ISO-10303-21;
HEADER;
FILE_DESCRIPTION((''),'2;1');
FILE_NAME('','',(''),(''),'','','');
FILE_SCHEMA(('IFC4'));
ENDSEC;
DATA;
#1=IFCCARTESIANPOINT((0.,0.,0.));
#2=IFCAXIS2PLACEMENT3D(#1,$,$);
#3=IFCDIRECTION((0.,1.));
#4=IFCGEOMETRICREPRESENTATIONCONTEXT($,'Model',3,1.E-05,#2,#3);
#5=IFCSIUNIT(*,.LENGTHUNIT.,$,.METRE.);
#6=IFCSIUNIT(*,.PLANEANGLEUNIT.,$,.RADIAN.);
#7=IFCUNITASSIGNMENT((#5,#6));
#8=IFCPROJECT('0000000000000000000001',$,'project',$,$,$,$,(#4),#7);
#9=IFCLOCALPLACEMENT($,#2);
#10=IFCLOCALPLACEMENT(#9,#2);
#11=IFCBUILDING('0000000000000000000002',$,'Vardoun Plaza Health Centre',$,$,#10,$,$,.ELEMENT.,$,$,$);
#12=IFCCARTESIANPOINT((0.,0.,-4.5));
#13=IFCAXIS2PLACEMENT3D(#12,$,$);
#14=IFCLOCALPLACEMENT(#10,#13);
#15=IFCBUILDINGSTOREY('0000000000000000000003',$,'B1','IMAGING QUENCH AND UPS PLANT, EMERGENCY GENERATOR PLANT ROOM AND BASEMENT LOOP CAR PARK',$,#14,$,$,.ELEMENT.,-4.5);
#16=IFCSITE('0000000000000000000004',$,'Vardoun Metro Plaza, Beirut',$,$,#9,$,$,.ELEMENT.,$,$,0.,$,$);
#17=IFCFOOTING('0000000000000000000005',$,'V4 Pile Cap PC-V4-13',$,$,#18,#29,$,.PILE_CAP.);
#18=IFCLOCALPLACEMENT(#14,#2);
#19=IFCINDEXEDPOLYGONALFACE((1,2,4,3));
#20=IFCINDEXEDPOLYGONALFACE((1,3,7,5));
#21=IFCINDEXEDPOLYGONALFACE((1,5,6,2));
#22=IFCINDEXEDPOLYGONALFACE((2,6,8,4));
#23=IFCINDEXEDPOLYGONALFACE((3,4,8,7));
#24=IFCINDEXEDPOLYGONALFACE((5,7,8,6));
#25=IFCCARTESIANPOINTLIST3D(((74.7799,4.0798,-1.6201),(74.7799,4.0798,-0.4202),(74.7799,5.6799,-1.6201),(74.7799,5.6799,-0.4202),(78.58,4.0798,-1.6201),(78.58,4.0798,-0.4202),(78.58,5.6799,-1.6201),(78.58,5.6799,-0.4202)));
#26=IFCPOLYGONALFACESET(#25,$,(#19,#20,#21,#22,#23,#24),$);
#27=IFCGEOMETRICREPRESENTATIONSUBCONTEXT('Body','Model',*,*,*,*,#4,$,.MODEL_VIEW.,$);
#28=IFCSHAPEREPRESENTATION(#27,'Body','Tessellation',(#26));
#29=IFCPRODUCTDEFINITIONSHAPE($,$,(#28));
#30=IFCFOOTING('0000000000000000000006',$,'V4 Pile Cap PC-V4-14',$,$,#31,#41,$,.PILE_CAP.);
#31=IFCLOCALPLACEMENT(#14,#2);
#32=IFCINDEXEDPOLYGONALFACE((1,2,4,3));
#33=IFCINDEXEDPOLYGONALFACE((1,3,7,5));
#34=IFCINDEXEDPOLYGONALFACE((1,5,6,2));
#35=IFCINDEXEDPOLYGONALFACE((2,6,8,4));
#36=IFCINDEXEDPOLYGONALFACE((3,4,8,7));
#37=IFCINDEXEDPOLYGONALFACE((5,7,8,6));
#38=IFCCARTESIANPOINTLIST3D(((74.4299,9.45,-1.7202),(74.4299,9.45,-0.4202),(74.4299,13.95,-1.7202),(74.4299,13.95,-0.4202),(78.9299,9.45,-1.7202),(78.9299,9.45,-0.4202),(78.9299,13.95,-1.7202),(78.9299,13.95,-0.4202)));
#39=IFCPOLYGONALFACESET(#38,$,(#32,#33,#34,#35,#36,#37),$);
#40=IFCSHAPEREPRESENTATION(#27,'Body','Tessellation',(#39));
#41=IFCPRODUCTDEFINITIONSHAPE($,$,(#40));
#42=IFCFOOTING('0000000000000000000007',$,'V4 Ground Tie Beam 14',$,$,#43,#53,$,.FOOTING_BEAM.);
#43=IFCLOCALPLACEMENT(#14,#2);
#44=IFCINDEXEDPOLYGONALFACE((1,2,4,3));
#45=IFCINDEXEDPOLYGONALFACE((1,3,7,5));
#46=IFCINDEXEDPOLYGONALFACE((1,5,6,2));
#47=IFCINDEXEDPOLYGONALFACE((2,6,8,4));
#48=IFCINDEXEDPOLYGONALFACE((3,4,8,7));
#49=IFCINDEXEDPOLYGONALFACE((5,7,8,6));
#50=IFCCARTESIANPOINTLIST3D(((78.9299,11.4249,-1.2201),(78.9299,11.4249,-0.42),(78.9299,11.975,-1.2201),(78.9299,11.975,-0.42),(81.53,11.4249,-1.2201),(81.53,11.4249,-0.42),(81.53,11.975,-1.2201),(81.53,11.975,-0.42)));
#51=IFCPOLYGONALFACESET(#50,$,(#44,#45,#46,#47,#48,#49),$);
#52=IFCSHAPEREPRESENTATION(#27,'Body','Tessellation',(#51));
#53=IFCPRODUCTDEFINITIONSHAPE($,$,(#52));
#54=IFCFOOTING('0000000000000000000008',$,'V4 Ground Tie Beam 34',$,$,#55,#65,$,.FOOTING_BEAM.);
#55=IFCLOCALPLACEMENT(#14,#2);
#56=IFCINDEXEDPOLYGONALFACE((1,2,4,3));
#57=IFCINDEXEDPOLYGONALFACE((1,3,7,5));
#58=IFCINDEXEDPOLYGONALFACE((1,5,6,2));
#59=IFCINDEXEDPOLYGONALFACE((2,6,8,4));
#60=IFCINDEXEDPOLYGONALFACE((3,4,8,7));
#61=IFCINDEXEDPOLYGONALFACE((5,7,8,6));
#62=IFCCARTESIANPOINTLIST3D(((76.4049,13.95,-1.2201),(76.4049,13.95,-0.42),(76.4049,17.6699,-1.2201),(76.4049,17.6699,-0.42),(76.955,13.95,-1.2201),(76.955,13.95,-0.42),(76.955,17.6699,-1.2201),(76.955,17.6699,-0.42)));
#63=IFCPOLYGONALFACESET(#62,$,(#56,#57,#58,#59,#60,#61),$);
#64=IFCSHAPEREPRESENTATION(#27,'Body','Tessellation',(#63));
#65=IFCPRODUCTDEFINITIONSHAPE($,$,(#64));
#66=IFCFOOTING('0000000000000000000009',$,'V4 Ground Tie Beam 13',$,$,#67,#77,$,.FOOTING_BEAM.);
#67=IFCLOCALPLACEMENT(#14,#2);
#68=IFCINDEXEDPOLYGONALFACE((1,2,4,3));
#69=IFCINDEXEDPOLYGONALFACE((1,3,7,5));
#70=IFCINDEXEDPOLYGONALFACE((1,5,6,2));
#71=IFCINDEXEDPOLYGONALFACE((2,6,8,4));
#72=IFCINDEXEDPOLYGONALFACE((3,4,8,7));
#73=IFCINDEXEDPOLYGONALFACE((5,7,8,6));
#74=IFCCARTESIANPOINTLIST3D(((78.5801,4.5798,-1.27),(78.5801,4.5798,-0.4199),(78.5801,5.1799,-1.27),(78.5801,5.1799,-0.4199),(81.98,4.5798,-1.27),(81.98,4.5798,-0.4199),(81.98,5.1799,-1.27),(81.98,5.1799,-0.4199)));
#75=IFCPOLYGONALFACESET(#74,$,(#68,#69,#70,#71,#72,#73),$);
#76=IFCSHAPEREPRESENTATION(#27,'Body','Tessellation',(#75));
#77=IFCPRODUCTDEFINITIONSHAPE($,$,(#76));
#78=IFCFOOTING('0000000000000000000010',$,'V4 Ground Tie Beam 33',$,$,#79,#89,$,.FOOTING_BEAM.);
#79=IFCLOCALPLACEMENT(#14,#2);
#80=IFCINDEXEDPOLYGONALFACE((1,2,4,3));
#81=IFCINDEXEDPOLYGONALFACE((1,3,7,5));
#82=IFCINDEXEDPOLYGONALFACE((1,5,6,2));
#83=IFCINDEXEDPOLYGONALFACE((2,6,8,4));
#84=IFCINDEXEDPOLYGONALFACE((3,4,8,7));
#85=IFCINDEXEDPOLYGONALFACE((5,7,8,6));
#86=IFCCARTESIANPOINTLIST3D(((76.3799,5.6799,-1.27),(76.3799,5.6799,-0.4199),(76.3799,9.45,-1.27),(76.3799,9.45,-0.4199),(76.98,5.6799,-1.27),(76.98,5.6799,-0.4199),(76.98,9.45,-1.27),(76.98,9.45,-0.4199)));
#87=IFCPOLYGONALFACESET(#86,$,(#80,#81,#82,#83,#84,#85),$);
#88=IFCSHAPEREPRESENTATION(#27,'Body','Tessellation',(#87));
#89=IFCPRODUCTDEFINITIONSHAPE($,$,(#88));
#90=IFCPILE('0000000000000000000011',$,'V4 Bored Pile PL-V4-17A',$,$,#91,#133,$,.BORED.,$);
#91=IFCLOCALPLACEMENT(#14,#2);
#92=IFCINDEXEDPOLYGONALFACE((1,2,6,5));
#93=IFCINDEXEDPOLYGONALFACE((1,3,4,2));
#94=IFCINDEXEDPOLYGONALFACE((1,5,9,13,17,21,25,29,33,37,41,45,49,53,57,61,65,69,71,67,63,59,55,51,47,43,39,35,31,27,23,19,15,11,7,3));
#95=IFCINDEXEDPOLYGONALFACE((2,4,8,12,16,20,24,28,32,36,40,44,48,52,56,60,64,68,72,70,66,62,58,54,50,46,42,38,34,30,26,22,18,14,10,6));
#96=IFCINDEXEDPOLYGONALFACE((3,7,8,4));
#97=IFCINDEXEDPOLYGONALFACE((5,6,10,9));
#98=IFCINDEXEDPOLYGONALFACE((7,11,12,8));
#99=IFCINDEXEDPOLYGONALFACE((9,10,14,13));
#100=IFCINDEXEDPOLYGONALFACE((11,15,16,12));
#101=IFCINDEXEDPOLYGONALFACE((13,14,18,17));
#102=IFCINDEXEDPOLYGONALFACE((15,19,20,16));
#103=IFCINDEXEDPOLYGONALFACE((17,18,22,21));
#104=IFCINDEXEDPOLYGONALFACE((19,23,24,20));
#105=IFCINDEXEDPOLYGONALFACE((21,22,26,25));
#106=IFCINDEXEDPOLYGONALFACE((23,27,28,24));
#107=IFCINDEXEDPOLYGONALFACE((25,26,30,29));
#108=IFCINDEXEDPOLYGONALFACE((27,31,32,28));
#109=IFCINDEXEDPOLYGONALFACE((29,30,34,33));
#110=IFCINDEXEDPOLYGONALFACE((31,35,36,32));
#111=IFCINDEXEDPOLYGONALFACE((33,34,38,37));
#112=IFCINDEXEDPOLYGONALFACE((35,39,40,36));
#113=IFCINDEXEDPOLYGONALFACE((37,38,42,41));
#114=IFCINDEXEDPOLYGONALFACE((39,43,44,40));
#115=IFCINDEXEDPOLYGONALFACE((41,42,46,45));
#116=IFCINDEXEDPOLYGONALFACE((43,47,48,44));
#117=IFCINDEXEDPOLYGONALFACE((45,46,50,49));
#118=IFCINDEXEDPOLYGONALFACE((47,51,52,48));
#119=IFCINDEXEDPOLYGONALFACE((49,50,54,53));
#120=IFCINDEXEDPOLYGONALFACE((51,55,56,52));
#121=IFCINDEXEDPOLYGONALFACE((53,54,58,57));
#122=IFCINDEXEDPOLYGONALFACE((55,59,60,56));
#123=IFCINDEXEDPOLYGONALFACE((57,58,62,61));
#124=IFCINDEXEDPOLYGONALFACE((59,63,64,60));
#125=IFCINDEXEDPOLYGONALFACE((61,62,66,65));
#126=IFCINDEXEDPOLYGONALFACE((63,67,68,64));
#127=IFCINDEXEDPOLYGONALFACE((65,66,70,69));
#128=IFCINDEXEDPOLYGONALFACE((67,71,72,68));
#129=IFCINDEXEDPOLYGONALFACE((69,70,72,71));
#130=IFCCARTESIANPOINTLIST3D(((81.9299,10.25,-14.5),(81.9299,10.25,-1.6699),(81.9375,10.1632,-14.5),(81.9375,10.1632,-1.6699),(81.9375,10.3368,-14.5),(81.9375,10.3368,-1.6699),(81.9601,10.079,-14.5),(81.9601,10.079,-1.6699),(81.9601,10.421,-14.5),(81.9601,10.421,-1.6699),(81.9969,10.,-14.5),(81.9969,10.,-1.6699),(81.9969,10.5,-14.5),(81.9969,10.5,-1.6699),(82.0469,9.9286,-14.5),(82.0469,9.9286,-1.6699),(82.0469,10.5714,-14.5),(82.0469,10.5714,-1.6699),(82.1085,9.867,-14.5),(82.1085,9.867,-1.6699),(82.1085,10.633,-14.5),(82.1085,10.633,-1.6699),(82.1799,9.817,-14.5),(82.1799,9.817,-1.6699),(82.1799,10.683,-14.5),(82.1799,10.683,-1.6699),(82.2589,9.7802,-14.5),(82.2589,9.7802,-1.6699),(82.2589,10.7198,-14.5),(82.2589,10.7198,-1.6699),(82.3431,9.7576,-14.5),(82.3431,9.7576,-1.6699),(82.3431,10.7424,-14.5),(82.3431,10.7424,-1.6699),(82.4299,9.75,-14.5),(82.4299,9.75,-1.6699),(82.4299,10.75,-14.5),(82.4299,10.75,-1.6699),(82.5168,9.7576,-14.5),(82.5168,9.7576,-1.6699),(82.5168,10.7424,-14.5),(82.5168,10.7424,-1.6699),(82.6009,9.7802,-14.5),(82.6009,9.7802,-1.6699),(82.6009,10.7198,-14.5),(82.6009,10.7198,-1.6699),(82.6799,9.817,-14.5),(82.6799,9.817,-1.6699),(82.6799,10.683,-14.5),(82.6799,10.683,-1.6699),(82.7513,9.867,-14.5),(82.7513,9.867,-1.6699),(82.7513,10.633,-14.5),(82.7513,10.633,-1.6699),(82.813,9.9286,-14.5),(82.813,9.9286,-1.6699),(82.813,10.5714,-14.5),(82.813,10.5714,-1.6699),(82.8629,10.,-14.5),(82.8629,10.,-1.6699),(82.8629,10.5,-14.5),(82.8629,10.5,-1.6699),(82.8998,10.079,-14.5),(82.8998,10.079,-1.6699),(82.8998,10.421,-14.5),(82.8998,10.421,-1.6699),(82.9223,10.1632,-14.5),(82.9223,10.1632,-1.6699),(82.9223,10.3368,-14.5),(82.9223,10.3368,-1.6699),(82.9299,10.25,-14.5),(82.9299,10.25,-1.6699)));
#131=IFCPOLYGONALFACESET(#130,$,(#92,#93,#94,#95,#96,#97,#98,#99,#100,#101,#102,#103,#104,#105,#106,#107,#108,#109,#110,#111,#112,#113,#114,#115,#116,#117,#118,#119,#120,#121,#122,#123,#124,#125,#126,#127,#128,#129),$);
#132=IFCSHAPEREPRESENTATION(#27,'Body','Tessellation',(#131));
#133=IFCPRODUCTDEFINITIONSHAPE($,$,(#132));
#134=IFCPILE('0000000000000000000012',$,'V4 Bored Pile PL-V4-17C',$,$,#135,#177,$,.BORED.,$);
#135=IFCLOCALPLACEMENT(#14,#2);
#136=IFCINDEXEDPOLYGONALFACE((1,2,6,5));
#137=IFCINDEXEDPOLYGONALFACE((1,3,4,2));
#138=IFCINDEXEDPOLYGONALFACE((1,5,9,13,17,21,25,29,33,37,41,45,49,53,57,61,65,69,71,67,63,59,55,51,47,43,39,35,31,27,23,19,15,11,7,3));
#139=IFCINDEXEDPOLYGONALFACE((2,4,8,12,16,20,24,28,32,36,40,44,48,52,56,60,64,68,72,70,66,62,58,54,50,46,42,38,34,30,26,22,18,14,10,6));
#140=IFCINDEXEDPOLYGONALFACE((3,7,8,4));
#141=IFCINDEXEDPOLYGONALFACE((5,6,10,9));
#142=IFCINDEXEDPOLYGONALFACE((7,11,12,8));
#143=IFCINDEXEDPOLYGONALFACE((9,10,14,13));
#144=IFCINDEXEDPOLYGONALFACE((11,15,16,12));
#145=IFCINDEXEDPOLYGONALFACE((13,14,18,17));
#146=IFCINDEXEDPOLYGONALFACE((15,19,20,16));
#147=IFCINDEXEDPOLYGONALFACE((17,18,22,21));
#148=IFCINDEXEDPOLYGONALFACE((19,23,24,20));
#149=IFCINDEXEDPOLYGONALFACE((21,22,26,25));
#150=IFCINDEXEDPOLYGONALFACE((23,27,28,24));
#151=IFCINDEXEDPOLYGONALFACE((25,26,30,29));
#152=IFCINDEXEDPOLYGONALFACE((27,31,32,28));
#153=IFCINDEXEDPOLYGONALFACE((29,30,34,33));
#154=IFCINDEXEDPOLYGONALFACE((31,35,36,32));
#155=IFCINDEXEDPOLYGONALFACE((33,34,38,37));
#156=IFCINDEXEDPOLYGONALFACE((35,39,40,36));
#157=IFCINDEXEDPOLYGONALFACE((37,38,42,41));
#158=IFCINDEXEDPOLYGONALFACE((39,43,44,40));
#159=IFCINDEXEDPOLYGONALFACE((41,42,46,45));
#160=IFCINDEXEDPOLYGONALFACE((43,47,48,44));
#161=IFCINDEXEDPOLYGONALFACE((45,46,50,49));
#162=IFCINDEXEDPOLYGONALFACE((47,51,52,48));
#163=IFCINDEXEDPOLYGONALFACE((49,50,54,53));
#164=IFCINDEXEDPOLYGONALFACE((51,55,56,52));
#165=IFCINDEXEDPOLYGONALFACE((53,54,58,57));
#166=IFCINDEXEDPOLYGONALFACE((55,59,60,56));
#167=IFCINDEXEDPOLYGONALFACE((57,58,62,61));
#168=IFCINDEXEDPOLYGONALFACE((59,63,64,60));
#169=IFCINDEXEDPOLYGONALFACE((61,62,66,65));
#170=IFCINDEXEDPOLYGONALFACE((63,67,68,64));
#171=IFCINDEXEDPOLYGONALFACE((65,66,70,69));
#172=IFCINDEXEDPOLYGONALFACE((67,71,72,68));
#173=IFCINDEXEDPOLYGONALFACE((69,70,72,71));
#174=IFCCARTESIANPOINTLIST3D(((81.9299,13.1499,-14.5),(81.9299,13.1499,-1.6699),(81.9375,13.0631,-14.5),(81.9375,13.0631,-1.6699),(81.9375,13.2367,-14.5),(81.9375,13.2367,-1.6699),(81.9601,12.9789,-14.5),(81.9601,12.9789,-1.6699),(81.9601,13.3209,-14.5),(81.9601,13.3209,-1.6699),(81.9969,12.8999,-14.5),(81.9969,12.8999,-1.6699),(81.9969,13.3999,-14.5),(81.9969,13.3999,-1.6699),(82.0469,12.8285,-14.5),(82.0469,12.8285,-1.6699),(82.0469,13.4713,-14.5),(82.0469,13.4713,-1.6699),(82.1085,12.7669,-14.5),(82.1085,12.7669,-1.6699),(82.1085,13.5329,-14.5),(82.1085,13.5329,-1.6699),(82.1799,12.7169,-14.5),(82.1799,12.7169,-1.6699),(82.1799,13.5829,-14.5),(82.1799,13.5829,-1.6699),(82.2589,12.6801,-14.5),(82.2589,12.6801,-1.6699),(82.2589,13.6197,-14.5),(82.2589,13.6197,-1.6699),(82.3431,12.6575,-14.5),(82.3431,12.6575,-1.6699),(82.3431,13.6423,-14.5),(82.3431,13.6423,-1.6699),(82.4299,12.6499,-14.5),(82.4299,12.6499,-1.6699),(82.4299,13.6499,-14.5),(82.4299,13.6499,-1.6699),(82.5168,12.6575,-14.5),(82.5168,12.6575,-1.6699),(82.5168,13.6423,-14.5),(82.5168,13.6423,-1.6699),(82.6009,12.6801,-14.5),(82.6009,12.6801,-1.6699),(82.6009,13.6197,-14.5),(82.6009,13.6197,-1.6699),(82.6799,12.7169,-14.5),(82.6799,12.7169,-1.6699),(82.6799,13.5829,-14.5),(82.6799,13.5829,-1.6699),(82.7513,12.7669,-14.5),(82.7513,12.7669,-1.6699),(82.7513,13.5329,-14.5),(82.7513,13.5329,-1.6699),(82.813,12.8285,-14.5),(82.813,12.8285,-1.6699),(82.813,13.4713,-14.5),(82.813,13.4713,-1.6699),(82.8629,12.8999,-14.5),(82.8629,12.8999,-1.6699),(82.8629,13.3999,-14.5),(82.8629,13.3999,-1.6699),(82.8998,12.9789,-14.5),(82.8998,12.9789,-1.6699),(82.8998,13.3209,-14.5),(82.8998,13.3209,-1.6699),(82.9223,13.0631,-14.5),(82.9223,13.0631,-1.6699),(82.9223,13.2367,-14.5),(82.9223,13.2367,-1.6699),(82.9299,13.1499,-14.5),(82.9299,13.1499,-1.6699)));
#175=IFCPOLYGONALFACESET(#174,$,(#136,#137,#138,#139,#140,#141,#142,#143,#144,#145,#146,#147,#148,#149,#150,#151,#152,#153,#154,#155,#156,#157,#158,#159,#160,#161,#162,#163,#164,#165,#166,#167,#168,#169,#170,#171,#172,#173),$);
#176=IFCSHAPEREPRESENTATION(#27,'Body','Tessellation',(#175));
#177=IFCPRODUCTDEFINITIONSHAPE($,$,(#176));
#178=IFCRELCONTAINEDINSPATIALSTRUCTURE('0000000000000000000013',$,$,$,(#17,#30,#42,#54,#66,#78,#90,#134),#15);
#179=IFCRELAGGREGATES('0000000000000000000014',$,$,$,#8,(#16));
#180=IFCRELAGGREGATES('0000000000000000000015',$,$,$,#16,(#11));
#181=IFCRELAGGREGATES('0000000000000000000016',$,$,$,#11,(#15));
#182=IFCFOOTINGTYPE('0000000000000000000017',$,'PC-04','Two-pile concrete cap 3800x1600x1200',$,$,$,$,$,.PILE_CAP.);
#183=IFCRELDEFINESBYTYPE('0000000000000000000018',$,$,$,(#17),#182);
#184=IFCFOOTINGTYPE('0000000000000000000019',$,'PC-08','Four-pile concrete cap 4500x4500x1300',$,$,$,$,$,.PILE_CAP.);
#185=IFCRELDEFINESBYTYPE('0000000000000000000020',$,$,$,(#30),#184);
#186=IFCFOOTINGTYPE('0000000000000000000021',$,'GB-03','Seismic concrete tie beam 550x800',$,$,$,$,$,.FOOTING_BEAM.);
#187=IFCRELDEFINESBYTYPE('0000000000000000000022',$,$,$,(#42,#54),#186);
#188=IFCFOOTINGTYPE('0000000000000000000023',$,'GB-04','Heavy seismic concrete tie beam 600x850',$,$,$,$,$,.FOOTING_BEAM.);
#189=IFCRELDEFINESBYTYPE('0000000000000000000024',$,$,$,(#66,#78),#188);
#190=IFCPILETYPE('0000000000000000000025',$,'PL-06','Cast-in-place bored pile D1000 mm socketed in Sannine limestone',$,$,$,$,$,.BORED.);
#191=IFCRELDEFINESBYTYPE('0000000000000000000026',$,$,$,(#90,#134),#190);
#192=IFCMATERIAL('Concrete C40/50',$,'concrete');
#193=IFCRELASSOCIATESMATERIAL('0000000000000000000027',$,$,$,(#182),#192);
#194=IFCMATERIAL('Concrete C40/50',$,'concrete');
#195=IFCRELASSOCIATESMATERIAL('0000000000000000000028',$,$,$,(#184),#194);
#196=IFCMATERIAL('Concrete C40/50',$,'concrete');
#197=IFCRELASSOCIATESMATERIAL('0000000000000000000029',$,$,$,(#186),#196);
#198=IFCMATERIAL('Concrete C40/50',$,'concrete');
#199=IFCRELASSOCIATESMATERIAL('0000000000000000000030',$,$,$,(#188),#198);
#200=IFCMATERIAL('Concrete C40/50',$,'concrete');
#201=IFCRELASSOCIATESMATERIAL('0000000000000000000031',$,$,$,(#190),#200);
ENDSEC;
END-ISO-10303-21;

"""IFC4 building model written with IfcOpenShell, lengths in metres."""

from ifc_helpers import new_model, si_unit, direction, frame, origin, origin_2d, place, context, subcontext, project, spatial, rectangle, circle, extrude, material, material_profile, profile_set, type_object, element, save


model = new_model("IFC4")

# Units and contexts
model_context = context("Model", 3, precision=1e-05, world=origin(), true_north=direction((0.0, 1.0)))
body_context = subcontext(model_context, "Body", "Model", "MODEL_VIEW")
ifc_project = project(units=[si_unit("LENGTHUNIT", "METRE"), si_unit("PLANEANGLEUNIT", "RADIAN")], contexts=[model_context])

# Site, building, storey
site_placement = place(None, origin())
site = spatial("IfcSite", under=ifc_project, at=site_placement, Name="Vardoun Metro Plaza, Beirut", CompositionType="ELEMENT", RefElevation=0.0)
building_placement = place(site_placement, origin())
building = spatial("IfcBuilding", under=site, at=building_placement, Name="Vardoun Plaza Health Centre", CompositionType="ELEMENT")
storey_placement = place(building_placement, frame((0.0, 0.0, -4.5)))
storey = spatial("IfcBuildingStorey", under=building, at=storey_placement, Name="B1", Description="IMAGING QUENCH AND UPS PLANT, EMERGENCY GENERATOR PLANT ROOM AND BASEMENT LOOP CAR PARK", CompositionType="ELEMENT", Elevation=-4.5)

# Footings
ifc_material_1 = material(Name="Concrete C40/50", Category="concrete")
footing_type_1 = type_object("IfcFootingType", Name="PC-04", Description="Two-pile concrete cap 3800x1600x1200", PredefinedType="PILE_CAP", material=ifc_material_1)
footing_1_placement = place(storey_placement, frame((76.6799, 4.8799, -1.6201), z_axis=(0.0, 0.0, 1.0), x_axis=(1.0, 0.0, 0.0)))
element("IfcFooting", 1, at=footing_1_placement, inside=storey, type_object=footing_type_1, Name="V4 Pile Cap PC-V4-13", PredefinedType="PILE_CAP", context=body_context, shape_type="SweptSolid", body=[
    extrude(rectangle(XDim=3.8, YDim=1.6001, at=origin_2d()), origin(), (0.0, 0.0, 1.0), 1.2),
])
ifc_material_2 = material(Name="Concrete C40/50", Category="concrete")
footing_type_2 = type_object("IfcFootingType", Name="PC-08", Description="Four-pile concrete cap 4500x4500x1300", PredefinedType="PILE_CAP", material=ifc_material_2)
footing_2_placement = place(storey_placement, frame((76.6799, 11.7, -1.7202), z_axis=(0.0, 0.0, 1.0), x_axis=(1.0, 0.0, 0.0)))
element("IfcFooting", 2, at=footing_2_placement, inside=storey, type_object=footing_type_2, Name="V4 Pile Cap PC-V4-14", PredefinedType="PILE_CAP", context=body_context, shape_type="SweptSolid", body=[
    extrude(rectangle(XDim=4.5, YDim=4.5, at=origin_2d()), origin(), (0.0, 0.0, 1.0), 1.3),
])
ifc_material_3 = material(Name="Concrete C40/50", Category="concrete")
ifc_material_profile_1 = material_profile(ifc_material_3, rectangle(XDim=0.55, YDim=0.8, at=origin_2d()), Name="GB 550x800")
ifc_profile_set_1 = profile_set([ifc_material_profile_1], Name="Concrete C40/50")
footing_type_3 = type_object("IfcFootingType", Name="GB-03", Description="Seismic concrete tie beam 550x800", PredefinedType="FOOTING_BEAM", material=ifc_profile_set_1)
footing_3_placement = place(storey_placement, frame((78.9299, 11.7, -0.8201), z_axis=(1.0, 0.0, 0.0), x_axis=(0.0, 1.0, 0.0)))
element("IfcFooting", 3, at=footing_3_placement, inside=storey, type_object=footing_type_3, Name="V4 Ground Tie Beam 14", PredefinedType="FOOTING_BEAM", context=body_context, shape_type="SweptSolid", body=[
    extrude(rectangle(XDim=0.55, YDim=0.8, at=origin_2d()), origin(), (0.0, 0.0, 1.0), 2.6001),
])
footing_4_placement = place(storey_placement, frame((76.6799, 13.95, -0.8201), z_axis=(0.0, 1.0, 0.0), x_axis=(-1.0, 0.0, 0.0)))
element("IfcFooting", 4, at=footing_4_placement, inside=storey, type_object=footing_type_3, Name="V4 Ground Tie Beam 34", PredefinedType="FOOTING_BEAM", context=body_context, shape_type="SweptSolid", body=[
    extrude(rectangle(XDim=0.55, YDim=0.8, at=origin_2d()), origin(), (0.0, 0.0, 1.0), 3.72),
])
ifc_material_4 = material(Name="Concrete C40/50", Category="concrete")
ifc_material_profile_2 = material_profile(ifc_material_4, rectangle(XDim=0.6001, YDim=0.8501, at=origin_2d()), Name="GB 600x850")
ifc_profile_set_2 = profile_set([ifc_material_profile_2], Name="Concrete C40/50")
footing_type_4 = type_object("IfcFootingType", Name="GB-04", Description="Heavy seismic concrete tie beam 600x850", PredefinedType="FOOTING_BEAM", material=ifc_profile_set_2)
footing_5_placement = place(storey_placement, frame((78.5801, 4.8799, -0.845), z_axis=(1.0, 0.0, 0.0), x_axis=(0.0, 1.0, 0.0)))
element("IfcFooting", 5, at=footing_5_placement, inside=storey, type_object=footing_type_4, Name="V4 Ground Tie Beam 13", PredefinedType="FOOTING_BEAM", context=body_context, shape_type="SweptSolid", body=[
    extrude(rectangle(XDim=0.6001, YDim=0.8501, at=origin_2d()), origin(), (0.0, 0.0, 1.0), 3.3999),
])
footing_6_placement = place(storey_placement, frame((76.6799, 5.6799, -0.845), z_axis=(0.0, 1.0, 0.0), x_axis=(-1.0, 0.0, 0.0)))
element("IfcFooting", 6, at=footing_6_placement, inside=storey, type_object=footing_type_4, Name="V4 Ground Tie Beam 33", PredefinedType="FOOTING_BEAM", context=body_context, shape_type="SweptSolid", body=[
    extrude(rectangle(XDim=0.6001, YDim=0.8501, at=origin_2d()), origin(), (0.0, 0.0, 1.0), 3.77),
])

# Piles
ifc_material_5 = material(Name="Concrete C40/50", Category="concrete")
ifc_material_profile_3 = material_profile(ifc_material_5, circle(Radius=0.5, at=origin_2d()), Name="PILE D1000")
ifc_profile_set_3 = profile_set([ifc_material_profile_3], Name="Concrete C40/50")
pile_type_1 = type_object("IfcPileType", Name="PL-06", Description="Cast-in-place bored pile D1000 mm socketed in Sannine limestone", PredefinedType="BORED", material=ifc_profile_set_3)
for number, where, z_axis, x_axis, name in (
    (7, (82.4299, 10.25, -1.6699), (0.0, 0.0, -1.0), (1.0, 0.0, 0.0), "V4 Bored Pile PL-V4-17A"),
    (8, (82.4299, 13.1499, -1.6699), (0.0, 0.0, -1.0), (1.0, 0.0, 0.0), "V4 Bored Pile PL-V4-17C"),
):
    element("IfcPile", number, at=place(storey_placement, frame(where, z_axis=z_axis, x_axis=x_axis)), inside=storey, type_object=pile_type_1, Name=name, PredefinedType="BORED", context=body_context, shape_type="SweptSolid", body=[
        extrude(circle(Radius=0.5, at=origin_2d()), origin(), (0.0, 0.0, 1.0), 12.8301),
    ])

save(model, "model.ifc")
